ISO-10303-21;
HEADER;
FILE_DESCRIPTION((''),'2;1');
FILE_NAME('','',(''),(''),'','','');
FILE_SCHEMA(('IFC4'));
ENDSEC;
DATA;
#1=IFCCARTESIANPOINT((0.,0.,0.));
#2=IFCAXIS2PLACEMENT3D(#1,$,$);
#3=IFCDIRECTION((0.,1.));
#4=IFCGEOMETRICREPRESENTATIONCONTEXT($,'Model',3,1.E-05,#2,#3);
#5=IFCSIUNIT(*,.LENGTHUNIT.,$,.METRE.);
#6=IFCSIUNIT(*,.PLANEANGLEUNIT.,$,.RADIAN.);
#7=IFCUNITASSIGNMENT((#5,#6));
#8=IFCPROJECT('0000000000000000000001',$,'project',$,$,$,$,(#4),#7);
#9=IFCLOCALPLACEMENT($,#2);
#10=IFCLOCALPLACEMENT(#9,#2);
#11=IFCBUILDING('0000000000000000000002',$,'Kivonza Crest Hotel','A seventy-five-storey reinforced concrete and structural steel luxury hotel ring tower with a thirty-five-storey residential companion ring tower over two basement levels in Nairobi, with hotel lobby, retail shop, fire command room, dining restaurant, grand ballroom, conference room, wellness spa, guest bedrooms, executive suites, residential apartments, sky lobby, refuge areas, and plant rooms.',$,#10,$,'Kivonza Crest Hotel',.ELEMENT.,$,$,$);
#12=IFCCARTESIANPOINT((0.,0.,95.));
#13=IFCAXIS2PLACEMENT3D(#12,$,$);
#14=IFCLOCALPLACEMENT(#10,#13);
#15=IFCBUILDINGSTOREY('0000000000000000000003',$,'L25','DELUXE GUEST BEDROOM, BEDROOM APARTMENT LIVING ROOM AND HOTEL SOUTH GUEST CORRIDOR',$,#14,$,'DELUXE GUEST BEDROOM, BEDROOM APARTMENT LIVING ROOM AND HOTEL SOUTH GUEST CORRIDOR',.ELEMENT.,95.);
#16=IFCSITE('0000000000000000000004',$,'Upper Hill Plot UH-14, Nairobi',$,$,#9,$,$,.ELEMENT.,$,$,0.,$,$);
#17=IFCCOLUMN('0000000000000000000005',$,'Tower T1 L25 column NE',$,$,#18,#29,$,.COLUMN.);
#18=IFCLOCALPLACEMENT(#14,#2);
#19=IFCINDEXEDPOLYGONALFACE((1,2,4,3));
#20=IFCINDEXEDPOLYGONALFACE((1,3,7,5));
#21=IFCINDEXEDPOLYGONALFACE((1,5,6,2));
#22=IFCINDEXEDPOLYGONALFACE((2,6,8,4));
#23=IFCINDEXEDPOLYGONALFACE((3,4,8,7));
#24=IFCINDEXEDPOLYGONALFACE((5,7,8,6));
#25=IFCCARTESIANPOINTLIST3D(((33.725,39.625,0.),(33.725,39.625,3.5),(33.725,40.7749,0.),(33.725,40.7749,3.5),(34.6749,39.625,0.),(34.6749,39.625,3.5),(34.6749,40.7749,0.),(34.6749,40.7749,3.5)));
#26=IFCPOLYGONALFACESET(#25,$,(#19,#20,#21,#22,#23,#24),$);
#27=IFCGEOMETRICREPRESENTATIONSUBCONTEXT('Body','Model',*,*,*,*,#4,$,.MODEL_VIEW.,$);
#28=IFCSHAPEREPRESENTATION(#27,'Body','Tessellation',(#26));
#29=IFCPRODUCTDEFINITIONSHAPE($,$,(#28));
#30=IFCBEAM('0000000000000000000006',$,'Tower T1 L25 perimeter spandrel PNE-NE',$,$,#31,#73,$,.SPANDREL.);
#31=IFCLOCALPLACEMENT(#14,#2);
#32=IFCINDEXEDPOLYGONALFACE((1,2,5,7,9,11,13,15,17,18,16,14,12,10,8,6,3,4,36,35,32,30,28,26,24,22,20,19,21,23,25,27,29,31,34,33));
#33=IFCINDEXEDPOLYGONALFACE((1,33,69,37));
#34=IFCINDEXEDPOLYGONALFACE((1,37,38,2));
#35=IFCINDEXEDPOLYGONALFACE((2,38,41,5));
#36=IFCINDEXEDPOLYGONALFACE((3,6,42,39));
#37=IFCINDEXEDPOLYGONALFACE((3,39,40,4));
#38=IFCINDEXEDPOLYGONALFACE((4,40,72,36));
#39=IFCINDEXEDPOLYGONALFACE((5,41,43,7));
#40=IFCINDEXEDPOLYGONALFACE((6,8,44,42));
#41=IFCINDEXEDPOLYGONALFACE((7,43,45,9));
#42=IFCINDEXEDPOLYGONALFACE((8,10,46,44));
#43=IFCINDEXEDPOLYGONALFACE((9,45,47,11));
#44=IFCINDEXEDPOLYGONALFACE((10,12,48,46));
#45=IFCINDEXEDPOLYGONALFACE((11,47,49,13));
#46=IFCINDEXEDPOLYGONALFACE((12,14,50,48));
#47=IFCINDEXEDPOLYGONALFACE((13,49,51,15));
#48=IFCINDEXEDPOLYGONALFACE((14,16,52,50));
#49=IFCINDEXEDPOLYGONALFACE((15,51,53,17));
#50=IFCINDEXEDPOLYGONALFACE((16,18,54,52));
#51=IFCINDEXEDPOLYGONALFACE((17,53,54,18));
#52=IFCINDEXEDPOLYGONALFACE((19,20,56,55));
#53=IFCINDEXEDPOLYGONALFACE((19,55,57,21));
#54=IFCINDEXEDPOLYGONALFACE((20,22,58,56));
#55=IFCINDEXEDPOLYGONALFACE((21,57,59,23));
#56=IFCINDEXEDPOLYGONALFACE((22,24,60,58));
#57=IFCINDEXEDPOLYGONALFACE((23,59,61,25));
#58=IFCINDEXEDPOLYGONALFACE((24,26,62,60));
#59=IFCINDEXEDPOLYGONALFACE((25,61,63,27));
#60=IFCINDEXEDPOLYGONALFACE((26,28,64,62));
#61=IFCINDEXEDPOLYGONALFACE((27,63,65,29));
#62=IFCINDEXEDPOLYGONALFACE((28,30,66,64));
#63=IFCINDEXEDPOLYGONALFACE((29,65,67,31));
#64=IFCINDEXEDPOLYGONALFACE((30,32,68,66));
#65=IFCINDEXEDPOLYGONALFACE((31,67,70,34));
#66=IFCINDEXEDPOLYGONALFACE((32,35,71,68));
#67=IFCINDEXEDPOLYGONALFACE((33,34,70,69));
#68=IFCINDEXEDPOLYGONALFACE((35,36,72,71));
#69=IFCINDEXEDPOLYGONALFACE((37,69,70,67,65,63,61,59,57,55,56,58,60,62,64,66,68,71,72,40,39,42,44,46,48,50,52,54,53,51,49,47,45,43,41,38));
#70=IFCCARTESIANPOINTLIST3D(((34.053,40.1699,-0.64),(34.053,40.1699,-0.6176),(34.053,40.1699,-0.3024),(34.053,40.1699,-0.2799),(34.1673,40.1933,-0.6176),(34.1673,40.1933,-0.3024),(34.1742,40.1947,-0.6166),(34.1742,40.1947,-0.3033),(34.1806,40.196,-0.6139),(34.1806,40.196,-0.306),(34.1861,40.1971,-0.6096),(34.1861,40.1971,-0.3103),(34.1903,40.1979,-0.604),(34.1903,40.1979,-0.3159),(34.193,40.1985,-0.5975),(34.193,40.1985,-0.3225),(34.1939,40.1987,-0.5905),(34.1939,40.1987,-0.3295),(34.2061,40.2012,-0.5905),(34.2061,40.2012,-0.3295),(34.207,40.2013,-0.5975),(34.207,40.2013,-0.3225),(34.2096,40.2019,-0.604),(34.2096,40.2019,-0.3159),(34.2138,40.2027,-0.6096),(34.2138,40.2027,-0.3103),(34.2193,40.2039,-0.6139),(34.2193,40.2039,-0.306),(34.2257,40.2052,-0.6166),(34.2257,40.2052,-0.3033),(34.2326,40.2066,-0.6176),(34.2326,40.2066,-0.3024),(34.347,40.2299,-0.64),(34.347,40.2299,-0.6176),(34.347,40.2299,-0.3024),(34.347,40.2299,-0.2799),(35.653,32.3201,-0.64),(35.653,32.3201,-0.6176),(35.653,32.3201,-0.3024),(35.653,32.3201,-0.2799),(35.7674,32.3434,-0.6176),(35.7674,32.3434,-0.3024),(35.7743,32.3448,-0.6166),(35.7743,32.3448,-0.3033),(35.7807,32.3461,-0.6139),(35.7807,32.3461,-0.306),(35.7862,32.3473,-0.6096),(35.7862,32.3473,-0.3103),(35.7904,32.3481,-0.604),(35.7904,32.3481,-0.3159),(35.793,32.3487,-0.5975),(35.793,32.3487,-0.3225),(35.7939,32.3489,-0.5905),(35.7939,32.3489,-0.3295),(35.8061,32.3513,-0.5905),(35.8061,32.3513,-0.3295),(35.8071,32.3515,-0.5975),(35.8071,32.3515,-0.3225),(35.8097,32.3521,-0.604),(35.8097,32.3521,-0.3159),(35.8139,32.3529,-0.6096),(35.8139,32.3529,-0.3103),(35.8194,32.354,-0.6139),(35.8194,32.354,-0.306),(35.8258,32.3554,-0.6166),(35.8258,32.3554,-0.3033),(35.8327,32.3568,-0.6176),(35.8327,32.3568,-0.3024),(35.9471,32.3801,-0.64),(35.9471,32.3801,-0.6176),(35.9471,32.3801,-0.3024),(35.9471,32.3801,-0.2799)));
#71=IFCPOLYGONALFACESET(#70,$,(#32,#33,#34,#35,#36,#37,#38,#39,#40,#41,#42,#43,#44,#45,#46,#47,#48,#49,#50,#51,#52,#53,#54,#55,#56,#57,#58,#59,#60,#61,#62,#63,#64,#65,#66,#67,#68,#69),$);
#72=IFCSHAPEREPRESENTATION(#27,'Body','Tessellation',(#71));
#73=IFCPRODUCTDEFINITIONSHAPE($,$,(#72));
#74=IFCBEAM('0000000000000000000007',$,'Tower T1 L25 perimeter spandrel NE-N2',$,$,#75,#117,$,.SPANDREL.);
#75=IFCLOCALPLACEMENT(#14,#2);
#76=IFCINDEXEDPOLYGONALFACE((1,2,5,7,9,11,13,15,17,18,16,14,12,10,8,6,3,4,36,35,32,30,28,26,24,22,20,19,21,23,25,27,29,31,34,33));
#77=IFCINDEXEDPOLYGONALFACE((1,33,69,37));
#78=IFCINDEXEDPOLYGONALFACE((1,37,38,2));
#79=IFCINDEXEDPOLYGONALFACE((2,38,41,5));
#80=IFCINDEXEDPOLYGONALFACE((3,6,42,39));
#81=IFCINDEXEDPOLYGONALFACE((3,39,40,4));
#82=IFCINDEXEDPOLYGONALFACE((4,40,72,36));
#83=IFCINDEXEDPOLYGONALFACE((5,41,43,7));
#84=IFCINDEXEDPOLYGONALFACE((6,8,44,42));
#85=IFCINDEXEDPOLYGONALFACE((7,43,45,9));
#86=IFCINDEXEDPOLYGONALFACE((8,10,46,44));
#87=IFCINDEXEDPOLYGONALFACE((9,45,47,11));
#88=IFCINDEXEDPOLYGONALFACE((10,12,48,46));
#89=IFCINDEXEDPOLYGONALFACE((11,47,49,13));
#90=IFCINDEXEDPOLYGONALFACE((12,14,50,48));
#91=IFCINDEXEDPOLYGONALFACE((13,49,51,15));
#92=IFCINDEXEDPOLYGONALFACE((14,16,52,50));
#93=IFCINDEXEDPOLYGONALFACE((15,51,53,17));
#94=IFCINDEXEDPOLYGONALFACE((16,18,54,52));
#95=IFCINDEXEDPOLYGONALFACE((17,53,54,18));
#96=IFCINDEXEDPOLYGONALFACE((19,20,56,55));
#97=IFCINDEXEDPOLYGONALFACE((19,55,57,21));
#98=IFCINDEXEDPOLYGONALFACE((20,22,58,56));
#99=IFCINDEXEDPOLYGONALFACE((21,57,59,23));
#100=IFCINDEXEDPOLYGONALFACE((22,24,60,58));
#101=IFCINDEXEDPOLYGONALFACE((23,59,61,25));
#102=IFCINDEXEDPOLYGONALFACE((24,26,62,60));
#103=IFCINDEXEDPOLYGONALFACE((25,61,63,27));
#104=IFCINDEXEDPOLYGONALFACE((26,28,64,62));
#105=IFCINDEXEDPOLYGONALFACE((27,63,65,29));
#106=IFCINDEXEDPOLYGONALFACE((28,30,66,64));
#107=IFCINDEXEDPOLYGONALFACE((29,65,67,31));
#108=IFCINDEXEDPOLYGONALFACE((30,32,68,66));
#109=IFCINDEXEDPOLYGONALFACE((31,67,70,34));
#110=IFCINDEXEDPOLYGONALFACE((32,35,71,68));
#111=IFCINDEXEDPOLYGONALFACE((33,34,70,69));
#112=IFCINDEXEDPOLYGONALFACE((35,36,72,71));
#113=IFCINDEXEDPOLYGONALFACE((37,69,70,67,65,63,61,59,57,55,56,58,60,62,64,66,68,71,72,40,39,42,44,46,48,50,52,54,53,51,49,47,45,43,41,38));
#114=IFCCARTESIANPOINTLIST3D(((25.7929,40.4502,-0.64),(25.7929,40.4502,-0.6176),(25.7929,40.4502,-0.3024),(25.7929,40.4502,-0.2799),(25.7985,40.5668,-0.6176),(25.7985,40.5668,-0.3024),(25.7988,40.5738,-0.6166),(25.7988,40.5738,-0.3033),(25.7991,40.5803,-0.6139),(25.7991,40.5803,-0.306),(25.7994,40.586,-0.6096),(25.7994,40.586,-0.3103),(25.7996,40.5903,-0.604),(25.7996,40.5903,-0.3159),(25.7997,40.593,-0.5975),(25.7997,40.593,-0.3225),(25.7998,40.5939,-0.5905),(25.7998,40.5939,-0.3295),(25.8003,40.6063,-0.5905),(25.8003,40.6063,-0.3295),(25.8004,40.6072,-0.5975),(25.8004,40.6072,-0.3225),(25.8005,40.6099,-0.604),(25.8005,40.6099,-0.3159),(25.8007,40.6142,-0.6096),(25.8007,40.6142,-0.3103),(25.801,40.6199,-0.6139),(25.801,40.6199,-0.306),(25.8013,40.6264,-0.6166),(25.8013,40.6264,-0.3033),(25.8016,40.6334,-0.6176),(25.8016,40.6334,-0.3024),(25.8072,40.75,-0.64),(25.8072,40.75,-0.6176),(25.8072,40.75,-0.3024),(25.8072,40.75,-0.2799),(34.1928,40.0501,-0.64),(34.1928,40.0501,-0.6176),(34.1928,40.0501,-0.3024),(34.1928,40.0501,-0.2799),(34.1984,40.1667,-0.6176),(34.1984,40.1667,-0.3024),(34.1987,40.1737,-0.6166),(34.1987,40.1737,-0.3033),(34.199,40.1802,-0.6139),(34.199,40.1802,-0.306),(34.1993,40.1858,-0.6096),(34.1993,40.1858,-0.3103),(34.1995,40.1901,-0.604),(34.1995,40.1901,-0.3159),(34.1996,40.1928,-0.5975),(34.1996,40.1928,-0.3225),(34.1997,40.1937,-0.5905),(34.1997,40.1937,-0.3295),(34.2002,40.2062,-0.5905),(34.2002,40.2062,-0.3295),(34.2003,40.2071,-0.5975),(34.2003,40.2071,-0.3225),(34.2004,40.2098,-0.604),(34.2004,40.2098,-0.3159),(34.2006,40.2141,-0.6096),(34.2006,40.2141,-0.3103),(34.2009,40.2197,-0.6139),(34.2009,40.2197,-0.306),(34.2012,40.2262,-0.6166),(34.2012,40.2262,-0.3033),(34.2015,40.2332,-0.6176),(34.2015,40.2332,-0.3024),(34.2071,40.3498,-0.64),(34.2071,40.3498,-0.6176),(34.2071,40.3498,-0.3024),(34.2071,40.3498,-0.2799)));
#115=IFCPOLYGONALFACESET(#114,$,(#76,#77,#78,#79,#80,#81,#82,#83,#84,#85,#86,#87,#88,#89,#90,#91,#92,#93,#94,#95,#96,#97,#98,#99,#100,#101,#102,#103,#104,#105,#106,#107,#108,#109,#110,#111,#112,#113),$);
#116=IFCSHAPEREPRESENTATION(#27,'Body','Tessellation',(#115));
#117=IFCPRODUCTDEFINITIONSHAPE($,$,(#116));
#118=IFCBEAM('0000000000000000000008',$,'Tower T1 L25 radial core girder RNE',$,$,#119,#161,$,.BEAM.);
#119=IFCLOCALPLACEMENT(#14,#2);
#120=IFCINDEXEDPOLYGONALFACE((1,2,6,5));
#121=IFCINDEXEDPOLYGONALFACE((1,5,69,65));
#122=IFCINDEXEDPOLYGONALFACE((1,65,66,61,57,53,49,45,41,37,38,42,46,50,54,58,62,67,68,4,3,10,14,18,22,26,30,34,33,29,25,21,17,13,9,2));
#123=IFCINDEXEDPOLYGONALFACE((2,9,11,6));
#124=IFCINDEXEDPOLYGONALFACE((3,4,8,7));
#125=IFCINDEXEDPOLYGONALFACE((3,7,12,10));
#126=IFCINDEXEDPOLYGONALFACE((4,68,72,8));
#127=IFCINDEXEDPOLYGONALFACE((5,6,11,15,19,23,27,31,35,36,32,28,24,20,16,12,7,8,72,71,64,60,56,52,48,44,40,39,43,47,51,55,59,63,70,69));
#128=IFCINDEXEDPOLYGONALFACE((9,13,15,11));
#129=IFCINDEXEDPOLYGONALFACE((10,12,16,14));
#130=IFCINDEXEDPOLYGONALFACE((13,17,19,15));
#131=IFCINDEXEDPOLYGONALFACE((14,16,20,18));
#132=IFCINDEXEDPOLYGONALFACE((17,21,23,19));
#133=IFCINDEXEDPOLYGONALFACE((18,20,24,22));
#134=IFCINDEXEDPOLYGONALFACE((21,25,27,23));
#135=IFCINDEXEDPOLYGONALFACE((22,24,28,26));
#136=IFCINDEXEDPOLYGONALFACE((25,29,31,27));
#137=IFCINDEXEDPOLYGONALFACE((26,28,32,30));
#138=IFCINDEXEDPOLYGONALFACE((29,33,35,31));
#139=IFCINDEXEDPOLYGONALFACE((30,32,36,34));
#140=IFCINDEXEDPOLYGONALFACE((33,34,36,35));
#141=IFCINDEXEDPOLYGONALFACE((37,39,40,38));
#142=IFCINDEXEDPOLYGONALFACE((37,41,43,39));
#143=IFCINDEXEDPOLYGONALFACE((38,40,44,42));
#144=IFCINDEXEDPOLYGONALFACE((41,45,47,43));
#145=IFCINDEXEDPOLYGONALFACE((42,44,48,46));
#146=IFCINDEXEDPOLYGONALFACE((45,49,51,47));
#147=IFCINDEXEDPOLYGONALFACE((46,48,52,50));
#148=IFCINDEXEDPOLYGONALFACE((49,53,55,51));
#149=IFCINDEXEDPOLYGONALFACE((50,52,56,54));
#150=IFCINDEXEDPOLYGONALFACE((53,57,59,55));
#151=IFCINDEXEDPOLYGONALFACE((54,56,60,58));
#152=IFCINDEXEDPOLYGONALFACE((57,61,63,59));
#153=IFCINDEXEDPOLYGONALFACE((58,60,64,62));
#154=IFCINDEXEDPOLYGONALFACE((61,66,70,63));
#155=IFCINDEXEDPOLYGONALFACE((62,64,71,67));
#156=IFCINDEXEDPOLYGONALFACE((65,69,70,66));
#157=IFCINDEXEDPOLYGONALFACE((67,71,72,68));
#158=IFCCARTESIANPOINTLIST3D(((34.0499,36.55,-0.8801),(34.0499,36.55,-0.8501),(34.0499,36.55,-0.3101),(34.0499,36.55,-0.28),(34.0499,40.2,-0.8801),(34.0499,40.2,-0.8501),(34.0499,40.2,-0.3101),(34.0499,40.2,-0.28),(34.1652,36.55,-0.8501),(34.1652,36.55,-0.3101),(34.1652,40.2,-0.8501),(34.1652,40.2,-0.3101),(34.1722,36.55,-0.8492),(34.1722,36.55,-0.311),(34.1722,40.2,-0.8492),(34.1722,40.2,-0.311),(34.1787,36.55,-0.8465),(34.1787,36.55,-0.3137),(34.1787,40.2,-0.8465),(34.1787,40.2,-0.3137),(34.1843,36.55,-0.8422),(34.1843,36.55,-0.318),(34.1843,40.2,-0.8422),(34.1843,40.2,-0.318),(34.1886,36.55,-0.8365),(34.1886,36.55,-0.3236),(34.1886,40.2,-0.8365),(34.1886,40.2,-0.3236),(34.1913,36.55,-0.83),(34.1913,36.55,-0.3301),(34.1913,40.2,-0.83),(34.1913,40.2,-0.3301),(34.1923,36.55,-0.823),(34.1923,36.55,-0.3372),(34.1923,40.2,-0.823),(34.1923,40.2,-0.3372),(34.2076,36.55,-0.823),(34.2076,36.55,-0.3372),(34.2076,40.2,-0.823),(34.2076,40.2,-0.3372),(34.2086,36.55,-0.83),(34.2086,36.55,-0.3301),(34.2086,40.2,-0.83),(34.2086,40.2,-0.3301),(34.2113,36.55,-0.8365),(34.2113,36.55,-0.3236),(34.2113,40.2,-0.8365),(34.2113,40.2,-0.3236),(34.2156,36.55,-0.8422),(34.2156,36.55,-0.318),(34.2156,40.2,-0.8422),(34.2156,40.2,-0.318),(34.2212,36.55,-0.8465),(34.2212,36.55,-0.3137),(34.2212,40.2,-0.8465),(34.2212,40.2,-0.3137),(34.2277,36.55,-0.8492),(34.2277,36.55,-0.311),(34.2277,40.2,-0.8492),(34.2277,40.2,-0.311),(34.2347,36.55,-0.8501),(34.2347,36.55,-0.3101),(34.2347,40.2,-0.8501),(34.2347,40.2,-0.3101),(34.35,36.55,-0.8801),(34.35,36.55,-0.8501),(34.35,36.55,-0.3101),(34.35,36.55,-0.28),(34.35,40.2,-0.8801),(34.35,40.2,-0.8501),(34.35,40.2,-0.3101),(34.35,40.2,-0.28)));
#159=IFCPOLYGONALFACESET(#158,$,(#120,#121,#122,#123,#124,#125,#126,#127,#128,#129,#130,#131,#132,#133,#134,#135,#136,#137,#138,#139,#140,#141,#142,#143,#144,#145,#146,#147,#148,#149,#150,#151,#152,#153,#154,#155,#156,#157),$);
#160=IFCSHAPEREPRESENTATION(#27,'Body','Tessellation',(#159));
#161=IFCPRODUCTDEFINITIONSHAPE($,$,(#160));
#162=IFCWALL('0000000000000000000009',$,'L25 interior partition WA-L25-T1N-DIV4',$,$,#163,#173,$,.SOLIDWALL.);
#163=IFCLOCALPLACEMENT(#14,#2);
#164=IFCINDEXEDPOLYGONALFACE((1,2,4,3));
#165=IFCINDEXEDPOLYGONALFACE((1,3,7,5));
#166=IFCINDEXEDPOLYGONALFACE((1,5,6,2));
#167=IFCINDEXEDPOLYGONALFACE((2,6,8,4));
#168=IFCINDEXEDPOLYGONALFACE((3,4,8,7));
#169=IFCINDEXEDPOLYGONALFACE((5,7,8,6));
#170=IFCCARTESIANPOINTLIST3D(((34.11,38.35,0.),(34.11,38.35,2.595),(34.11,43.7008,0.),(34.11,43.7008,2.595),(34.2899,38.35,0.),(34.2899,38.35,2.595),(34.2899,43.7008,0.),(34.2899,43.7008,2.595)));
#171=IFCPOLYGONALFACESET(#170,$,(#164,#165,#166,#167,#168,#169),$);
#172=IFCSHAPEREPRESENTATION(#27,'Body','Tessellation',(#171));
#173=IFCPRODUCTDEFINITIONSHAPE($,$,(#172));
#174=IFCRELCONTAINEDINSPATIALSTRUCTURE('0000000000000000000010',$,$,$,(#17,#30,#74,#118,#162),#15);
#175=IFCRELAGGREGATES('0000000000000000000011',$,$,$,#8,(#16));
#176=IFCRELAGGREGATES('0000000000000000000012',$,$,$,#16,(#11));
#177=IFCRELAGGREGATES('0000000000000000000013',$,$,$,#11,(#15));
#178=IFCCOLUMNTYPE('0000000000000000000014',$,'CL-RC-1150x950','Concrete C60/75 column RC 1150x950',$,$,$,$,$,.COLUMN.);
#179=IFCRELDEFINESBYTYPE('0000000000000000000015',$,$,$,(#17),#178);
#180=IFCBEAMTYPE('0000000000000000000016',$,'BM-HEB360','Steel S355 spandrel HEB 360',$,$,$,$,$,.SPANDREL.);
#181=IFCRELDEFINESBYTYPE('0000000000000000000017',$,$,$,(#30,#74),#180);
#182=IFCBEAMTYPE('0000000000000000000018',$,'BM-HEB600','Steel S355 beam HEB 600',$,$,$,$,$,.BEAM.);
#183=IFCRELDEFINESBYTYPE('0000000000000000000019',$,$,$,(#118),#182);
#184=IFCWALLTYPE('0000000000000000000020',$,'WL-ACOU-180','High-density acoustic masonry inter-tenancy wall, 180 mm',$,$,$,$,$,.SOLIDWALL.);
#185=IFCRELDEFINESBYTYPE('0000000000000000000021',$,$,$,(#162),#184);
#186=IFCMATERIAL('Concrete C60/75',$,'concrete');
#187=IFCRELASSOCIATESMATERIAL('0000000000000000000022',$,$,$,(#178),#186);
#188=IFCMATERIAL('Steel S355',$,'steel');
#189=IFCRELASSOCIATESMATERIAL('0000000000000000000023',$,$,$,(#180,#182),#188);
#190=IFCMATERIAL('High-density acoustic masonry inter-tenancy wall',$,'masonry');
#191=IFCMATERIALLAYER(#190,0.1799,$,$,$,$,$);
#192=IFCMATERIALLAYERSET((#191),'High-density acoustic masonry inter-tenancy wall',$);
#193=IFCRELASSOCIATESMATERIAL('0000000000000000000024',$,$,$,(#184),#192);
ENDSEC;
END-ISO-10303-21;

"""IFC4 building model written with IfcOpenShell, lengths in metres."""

from ifc_helpers import new_model, si_unit, direction, frame, frame_2d, origin, origin_2d, place, context, subcontext, project, spatial, rectangle, i_section, extrude, material, layer, layer_set, material_profile, profile_set, type_object, element, save


model = new_model("IFC4")

# Units and contexts
model_context = context("Model", 3, precision=1e-05, world=origin(), true_north=direction((0.0, 1.0)))
body_context = subcontext(model_context, "Body", "Model", "MODEL_VIEW")
ifc_project = project(units=[si_unit("LENGTHUNIT", "METRE"), si_unit("PLANEANGLEUNIT", "RADIAN")], contexts=[model_context])

# Site, building, storey
site_placement = place(None, origin())
site = spatial("IfcSite", under=ifc_project, at=site_placement, Name="Upper Hill Plot UH-14, Nairobi", CompositionType="ELEMENT", RefElevation=0.0)
building_placement = place(site_placement, origin())
building = spatial("IfcBuilding", under=site, at=building_placement, Name="Kivonza Crest Hotel", Description="A seventy-five-storey reinforced concrete and structural steel luxury hotel ring tower with a thirty-five-storey residential companion ring tower over two basement levels in Nairobi, with hotel lobby, retail shop, fire command room, dining restaurant, grand ballroom, conference room, wellness spa, guest bedrooms, executive suites, residential apartments, sky lobby, refuge areas, and plant rooms.", LongName="Kivonza Crest Hotel", CompositionType="ELEMENT")
storey_placement = place(building_placement, frame((0.0, 0.0, 95.0)))
storey = spatial("IfcBuildingStorey", under=building, at=storey_placement, Name="L25", Description="DELUXE GUEST BEDROOM, BEDROOM APARTMENT LIVING ROOM AND HOTEL SOUTH GUEST CORRIDOR", LongName="DELUXE GUEST BEDROOM, BEDROOM APARTMENT LIVING ROOM AND HOTEL SOUTH GUEST CORRIDOR", CompositionType="ELEMENT", Elevation=95.0)

# Column
ifc_material_1 = material(Name="Concrete C60/75", Category="concrete")
ifc_material_profile_1 = material_profile(ifc_material_1, rectangle(XDim=0.95, YDim=1.1499, at=origin_2d()), Name="RC 1150x950")
ifc_profile_set_1 = profile_set([ifc_material_profile_1], Name="Concrete C60/75")
column_type = type_object("IfcColumnType", Name="CL-RC-1150x950", Description="Concrete C60/75 column RC 1150x950", PredefinedType="COLUMN", material=ifc_profile_set_1)
column_placement = place(storey_placement, frame((34.2, 40.2, 0.0), z_axis=(0.0, 0.0, 1.0), x_axis=(1.0, 0.0, 0.0)))
element("IfcColumn", 1, at=column_placement, inside=storey, type_object=column_type, Name="Tower T1 L25 column NE", PredefinedType="COLUMN", context=body_context, shape_type="SweptSolid", body=[
    extrude(rectangle(XDim=0.95, YDim=1.1499, at=origin_2d()), origin(), (0.0, 0.0, 1.0), 3.5),
])

# Beams
ifc_material_2 = material(Name="Steel S355", Category="steel")
ifc_material_profile_2 = material_profile(ifc_material_2, i_section(OverallWidth=0.3, OverallDepth=0.3601, WebThickness=0.0125, FlangeThickness=0.0225, FilletRadius=0.0271, at=origin_2d()), Name="HEB 360")
ifc_profile_set_2 = profile_set([ifc_material_profile_2], Name="Steel S355")
beam_type_1 = type_object("IfcBeamType", Name="BM-HEB360", Description="Steel S355 spandrel HEB 360", PredefinedType="SPANDREL", material=ifc_profile_set_2)
beam_1_placement = place(storey_placement, frame((35.8, 32.3501, -0.46), z_axis=(-0.199731, 0.979851, 0.0), x_axis=(-0.979851, -0.199731, 0.0)))
element("IfcBeam", 2, at=beam_1_placement, inside=storey, type_object=beam_type_1, Name="Tower T1 L25 perimeter spandrel PNE-NE", PredefinedType="SPANDREL", context=body_context, shape_type="SweptSolid", body=[
    extrude(i_section(OverallWidth=0.3, OverallDepth=0.3601, WebThickness=0.0125, FlangeThickness=0.0225, FilletRadius=0.0271, at=origin_2d()), origin(), (0.0, 0.0, 1.0), 8.0112),
])
beam_2_placement = place(storey_placement, frame((34.2, 40.2, -0.46), z_axis=(-0.998867, 0.047583, 0.0), x_axis=(-0.047583, -0.998867, 0.0)))
element("IfcBeam", 3, at=beam_2_placement, inside=storey, type_object=beam_type_1, Name="Tower T1 L25 perimeter spandrel NE-N2", PredefinedType="SPANDREL", context=body_context, shape_type="SweptSolid", body=[
    extrude(i_section(OverallWidth=0.3, OverallDepth=0.3601, WebThickness=0.0125, FlangeThickness=0.0225, FilletRadius=0.0271, at=origin_2d()), origin(), (0.0, 0.0, 1.0), 8.4094),
])
ifc_material_profile_3 = material_profile(ifc_material_2, i_section(OverallWidth=0.3, OverallDepth=0.6001, WebThickness=0.0154, FlangeThickness=0.03, FilletRadius=0.0271, at=origin_2d()), Name="HEB 600")
ifc_profile_set_3 = profile_set([ifc_material_profile_3], Name="Steel S355")
beam_type_2 = type_object("IfcBeamType", Name="BM-HEB600", Description="Steel S355 beam HEB 600", PredefinedType="BEAM", material=ifc_profile_set_3)
beam_3_placement = place(storey_placement, frame((34.2, 40.2, -0.5801), z_axis=(0.0, -1.0, 0.0), x_axis=(1.0, 0.0, 0.0)))
element("IfcBeam", 4, at=beam_3_placement, inside=storey, type_object=beam_type_2, Name="Tower T1 L25 radial core girder RNE", PredefinedType="BEAM", context=body_context, shape_type="SweptSolid", body=[
    extrude(i_section(OverallWidth=0.3, OverallDepth=0.6001, WebThickness=0.0154, FlangeThickness=0.03, FilletRadius=0.0271, at=origin_2d()), origin(), (0.0, 0.0, 1.0), 3.6499),
])

# Wall
ifc_material_3 = material(Name="High-density acoustic masonry inter-tenancy wall", Category="masonry")
ifc_layer_1 = layer(ifc_material_3, 0.1799)
ifc_layer_set_1 = layer_set([ifc_layer_1], Name="High-density acoustic masonry inter-tenancy wall")
wall_type_1 = type_object("IfcWallType", Name="WL-ACOU-180", Description="High-density acoustic masonry inter-tenancy wall, 180 mm", PredefinedType="SOLIDWALL", material=ifc_layer_set_1)
wall_1_placement = place(storey_placement, frame((34.2, 38.3501, 0.0), z_axis=(0.0, 0.0, 1.0), x_axis=(0.0, 1.0, 0.0)))
element("IfcWall", 5, at=wall_1_placement, inside=storey, type_object=wall_type_1, Name="L25 interior partition WA-L25-T1N-DIV4", PredefinedType="SOLIDWALL", context=body_context, shape_type="SweptSolid", body=[
    extrude(rectangle(XDim=5.3508, YDim=0.1799, at=frame_2d((2.6753, 0.0))), origin(), (0.0, 0.0, 1.0), 2.595),
])

save(model, "model.ifc")
